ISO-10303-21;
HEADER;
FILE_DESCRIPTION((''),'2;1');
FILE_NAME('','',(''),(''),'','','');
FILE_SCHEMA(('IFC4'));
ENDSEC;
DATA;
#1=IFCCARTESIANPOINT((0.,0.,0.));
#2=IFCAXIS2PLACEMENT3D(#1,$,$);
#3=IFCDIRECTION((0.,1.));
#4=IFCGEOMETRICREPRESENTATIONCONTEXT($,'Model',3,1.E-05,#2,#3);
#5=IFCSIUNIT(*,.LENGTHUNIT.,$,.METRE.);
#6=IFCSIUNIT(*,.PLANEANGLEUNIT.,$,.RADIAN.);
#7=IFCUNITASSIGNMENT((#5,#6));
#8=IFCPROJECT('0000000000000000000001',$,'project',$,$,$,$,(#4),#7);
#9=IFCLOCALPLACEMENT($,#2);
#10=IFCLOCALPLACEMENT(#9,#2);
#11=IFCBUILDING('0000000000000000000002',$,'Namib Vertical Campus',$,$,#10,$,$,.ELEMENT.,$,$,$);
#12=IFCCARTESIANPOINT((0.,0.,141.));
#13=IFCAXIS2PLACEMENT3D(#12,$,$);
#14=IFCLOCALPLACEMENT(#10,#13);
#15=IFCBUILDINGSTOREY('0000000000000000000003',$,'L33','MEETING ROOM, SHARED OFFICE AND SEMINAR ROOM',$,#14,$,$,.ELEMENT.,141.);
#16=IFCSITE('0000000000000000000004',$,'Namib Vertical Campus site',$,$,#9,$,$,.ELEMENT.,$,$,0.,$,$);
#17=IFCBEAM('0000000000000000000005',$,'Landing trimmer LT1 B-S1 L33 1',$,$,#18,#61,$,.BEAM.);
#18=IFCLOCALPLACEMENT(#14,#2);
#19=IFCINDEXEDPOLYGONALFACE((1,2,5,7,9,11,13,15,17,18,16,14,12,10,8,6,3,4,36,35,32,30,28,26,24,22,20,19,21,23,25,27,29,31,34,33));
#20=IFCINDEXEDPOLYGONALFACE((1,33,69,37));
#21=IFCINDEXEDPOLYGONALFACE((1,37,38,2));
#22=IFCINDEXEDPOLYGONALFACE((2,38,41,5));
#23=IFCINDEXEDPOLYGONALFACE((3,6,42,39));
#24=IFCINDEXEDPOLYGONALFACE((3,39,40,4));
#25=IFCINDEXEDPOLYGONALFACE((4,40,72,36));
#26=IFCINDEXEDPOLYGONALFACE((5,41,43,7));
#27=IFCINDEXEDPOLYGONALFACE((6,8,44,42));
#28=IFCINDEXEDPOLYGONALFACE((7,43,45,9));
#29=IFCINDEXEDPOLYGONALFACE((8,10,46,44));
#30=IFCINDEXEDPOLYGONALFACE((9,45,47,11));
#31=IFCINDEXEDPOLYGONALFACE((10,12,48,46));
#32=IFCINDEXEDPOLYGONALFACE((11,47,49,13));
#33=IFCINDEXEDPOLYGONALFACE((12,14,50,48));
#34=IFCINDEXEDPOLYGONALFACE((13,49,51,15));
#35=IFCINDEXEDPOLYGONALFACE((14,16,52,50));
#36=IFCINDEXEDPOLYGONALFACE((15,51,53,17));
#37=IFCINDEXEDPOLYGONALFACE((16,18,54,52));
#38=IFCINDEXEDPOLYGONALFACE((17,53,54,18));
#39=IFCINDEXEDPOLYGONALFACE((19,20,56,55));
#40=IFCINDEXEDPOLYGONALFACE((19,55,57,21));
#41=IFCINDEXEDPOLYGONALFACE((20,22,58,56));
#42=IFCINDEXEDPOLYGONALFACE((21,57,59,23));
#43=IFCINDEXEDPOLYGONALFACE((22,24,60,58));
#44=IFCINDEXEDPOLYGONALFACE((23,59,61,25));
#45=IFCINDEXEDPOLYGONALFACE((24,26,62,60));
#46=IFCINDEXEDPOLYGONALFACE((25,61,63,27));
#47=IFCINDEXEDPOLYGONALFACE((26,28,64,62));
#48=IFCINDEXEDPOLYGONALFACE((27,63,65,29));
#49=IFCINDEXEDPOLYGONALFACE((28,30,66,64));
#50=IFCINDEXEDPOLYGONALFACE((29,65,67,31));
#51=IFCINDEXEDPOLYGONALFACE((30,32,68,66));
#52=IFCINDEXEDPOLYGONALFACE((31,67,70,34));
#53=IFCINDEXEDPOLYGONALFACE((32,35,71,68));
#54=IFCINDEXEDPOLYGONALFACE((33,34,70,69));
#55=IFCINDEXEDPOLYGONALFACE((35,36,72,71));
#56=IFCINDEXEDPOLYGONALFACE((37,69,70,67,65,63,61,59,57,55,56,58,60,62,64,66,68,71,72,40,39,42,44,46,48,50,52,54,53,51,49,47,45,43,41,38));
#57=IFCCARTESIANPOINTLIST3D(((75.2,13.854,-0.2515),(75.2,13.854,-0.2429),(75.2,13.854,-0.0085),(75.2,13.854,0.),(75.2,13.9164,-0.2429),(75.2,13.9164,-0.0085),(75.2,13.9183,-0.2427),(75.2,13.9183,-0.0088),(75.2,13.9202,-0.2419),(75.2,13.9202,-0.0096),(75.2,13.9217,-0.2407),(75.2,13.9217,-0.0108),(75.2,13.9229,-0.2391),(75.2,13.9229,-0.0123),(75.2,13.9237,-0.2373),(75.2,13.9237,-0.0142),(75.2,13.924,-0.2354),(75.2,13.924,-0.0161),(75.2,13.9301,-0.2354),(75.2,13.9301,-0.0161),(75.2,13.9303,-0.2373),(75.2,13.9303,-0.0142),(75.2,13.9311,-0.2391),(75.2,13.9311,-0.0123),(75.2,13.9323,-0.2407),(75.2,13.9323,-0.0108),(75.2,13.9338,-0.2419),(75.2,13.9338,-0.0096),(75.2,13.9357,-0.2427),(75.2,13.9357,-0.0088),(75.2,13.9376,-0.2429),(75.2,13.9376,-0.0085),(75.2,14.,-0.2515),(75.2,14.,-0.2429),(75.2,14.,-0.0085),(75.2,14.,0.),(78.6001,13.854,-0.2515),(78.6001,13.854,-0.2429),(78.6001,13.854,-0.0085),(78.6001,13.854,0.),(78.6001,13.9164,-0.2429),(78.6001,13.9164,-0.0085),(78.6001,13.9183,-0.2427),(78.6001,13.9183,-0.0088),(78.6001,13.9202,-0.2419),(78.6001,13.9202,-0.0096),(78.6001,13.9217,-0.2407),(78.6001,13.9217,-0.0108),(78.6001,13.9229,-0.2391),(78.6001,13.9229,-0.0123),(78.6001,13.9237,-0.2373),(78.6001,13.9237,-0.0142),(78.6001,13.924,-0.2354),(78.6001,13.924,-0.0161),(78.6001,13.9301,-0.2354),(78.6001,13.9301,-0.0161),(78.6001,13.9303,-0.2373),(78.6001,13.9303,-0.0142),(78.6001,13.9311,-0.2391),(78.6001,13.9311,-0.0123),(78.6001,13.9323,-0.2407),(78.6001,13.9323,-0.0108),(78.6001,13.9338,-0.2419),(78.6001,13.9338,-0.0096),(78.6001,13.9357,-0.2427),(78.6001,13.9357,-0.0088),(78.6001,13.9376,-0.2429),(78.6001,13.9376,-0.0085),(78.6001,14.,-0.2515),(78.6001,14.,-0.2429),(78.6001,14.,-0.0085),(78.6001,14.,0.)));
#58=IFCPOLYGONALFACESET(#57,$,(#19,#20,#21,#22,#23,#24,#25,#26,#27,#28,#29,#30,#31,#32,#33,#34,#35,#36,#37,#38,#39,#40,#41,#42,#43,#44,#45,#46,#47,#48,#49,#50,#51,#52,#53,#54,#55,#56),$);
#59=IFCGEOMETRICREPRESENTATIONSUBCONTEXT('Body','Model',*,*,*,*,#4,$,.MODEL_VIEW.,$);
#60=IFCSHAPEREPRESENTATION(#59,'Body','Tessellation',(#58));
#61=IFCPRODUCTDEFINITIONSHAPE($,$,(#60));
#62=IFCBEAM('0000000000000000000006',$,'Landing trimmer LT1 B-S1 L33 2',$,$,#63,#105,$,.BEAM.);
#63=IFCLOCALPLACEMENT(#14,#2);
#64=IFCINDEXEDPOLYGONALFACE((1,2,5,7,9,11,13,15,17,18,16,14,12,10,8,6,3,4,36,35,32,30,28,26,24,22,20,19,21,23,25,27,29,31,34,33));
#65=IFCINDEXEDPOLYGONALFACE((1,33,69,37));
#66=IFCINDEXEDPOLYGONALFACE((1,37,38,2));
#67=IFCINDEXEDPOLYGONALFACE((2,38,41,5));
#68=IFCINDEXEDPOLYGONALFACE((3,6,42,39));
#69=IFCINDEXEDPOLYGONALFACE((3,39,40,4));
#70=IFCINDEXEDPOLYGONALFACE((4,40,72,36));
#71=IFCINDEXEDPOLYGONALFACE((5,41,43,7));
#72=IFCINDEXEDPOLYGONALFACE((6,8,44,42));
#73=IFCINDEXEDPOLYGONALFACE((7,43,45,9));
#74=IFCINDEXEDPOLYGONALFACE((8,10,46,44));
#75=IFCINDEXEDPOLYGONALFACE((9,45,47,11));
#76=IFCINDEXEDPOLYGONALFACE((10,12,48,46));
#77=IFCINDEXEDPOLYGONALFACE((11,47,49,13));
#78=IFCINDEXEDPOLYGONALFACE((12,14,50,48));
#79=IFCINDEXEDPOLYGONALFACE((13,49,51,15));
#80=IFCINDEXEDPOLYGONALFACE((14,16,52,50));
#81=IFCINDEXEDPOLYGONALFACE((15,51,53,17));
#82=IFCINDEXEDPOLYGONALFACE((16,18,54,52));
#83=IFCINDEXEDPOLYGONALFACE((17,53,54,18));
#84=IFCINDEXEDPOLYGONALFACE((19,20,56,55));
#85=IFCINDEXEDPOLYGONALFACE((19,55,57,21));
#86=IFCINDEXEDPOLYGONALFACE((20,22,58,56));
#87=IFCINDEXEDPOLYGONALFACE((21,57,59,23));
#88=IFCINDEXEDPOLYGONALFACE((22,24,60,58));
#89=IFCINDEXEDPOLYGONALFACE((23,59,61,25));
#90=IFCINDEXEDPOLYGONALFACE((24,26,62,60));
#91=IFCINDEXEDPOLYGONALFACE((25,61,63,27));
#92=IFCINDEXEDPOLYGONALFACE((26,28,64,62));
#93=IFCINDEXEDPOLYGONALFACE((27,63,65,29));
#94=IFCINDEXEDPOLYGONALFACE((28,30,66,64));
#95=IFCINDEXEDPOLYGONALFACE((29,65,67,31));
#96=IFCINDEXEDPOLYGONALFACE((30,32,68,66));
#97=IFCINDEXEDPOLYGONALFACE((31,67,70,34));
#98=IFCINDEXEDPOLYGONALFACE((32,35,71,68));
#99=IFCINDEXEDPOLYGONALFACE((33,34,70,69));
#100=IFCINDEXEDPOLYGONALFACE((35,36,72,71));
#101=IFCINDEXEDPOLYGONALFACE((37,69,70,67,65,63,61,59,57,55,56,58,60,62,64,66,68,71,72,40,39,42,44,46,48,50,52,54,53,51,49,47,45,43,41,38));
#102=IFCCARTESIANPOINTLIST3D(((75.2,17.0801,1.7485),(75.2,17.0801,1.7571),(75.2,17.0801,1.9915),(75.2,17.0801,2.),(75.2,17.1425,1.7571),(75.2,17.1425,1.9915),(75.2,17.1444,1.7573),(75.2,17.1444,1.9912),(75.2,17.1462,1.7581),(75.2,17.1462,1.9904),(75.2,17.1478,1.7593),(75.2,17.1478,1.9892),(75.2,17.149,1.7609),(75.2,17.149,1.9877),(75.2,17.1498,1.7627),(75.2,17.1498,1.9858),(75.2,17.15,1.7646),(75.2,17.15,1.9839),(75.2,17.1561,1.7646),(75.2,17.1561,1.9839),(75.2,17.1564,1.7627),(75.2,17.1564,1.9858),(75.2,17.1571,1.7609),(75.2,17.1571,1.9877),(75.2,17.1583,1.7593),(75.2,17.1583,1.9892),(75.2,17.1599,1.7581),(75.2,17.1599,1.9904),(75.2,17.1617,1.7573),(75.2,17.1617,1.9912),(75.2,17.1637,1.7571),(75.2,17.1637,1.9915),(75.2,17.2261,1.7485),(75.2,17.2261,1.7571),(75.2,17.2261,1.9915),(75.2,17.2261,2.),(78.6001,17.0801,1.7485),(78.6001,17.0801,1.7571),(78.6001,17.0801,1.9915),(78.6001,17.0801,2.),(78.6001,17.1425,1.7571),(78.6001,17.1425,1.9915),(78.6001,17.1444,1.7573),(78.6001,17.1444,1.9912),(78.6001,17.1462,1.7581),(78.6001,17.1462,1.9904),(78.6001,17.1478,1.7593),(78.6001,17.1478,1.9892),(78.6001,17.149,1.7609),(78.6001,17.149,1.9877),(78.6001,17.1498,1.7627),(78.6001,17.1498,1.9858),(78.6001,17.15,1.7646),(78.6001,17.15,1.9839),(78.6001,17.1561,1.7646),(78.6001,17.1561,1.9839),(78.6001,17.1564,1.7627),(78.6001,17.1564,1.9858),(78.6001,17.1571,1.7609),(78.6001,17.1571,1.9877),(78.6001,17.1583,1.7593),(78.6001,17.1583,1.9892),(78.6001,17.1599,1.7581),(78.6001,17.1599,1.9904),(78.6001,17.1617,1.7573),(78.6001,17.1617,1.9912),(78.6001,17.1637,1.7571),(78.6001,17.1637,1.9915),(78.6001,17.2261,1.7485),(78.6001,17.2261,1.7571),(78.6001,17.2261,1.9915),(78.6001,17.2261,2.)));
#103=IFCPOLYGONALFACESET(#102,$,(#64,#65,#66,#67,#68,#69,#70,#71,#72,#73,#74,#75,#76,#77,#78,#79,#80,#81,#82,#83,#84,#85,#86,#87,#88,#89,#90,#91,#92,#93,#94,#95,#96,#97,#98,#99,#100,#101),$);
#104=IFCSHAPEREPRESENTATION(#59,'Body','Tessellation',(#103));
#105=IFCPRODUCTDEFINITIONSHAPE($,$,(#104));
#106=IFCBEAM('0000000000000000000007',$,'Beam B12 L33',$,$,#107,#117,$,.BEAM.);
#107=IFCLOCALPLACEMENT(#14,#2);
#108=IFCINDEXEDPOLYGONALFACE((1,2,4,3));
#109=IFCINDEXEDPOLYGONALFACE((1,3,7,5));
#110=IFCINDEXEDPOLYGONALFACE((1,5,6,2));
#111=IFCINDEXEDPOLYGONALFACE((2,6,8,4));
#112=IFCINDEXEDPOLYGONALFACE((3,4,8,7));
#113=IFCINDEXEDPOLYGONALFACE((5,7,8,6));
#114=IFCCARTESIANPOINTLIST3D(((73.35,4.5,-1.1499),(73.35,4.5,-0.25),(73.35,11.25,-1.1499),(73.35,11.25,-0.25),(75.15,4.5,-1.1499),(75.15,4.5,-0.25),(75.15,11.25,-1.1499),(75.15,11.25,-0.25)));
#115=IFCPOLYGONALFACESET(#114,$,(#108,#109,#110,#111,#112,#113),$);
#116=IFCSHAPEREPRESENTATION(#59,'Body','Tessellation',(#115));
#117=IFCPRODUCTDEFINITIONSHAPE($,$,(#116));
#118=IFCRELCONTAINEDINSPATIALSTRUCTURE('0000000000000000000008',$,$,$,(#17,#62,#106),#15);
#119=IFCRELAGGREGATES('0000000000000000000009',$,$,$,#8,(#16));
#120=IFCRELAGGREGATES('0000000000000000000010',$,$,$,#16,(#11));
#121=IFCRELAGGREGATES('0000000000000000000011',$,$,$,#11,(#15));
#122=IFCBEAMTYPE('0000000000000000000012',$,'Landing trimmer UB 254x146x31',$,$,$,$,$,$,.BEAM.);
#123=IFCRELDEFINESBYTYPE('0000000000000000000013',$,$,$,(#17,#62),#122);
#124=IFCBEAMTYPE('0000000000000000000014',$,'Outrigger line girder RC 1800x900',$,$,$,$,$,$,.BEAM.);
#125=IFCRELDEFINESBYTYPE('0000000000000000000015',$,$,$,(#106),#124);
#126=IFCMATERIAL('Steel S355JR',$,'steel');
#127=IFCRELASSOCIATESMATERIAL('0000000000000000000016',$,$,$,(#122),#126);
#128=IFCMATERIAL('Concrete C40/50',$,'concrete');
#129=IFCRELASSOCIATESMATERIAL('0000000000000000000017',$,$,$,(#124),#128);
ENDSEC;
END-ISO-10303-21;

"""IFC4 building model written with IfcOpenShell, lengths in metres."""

from ifc_helpers import new_model, si_unit, direction, frame, origin, origin_2d, place, context, subcontext, project, spatial, rectangle, i_section, extrude, material, material_profile, profile_set, type_object, element, save


model = new_model("IFC4")

# Units and contexts
model_context = context("Model", 3, precision=1e-05, world=origin(), true_north=direction((0.0, 1.0)))
body_context = subcontext(model_context, "Body", "Model", "MODEL_VIEW")
ifc_project = project(units=[si_unit("LENGTHUNIT", "METRE"), si_unit("PLANEANGLEUNIT", "RADIAN")], contexts=[model_context])

# Site, building, storey
site_placement = place(None, origin())
site = spatial("IfcSite", under=ifc_project, at=site_placement, Name="Namib Vertical Campus site", CompositionType="ELEMENT", RefElevation=0.0)
building_placement = place(site_placement, origin())
building = spatial("IfcBuilding", under=site, at=building_placement, Name="Namib Vertical Campus", CompositionType="ELEMENT")
storey_placement = place(building_placement, frame((0.0, 0.0, 141.0)))
storey = spatial("IfcBuildingStorey", under=building, at=storey_placement, Name="L33", Description="MEETING ROOM, SHARED OFFICE AND SEMINAR ROOM", CompositionType="ELEMENT", Elevation=141.0)

# Beams
ifc_material_1 = material(Name="Steel S355JR", Category="steel")
ifc_material_profile_1 = material_profile(ifc_material_1, i_section(OverallWidth=0.146, OverallDepth=0.2515, WebThickness=0.0061, FlangeThickness=0.0085, FilletRadius=0.0076, at=origin_2d()))
ifc_profile_set_1 = profile_set([ifc_material_profile_1], Name="Steel S355JR")
beam_type_1 = type_object("IfcBeamType", Name="Landing trimmer UB 254x146x31", PredefinedType="BEAM", material=ifc_profile_set_1)
for number, where, z_axis, x_axis, name in (
    (1, (75.2, 13.927, -0.1257), (1.0, 0.0, 0.0), (0.0, 1.0, 0.0), "Landing trimmer LT1 B-S1 L33 1"),
    (2, (75.2, 17.1531, 1.8743), (1.0, 0.0, 0.0), (0.0, 1.0, 0.0), "Landing trimmer LT1 B-S1 L33 2"),
):
    element("IfcBeam", number, at=place(storey_placement, frame(where, z_axis=z_axis, x_axis=x_axis)), inside=storey, type_object=beam_type_1, Name=name, PredefinedType="BEAM", context=body_context, shape_type="SweptSolid", body=[
        extrude(i_section(OverallWidth=0.146, OverallDepth=0.2515, WebThickness=0.0061, FlangeThickness=0.0085, FilletRadius=0.0076, at=origin_2d()), origin(), (0.0, 0.0, 1.0), 3.4001),
    ])
ifc_material_2 = material(Name="Concrete C40/50", Category="concrete")
ifc_material_profile_2 = material_profile(ifc_material_2, rectangle(XDim=1.8, YDim=0.8999, at=origin_2d()))
ifc_profile_set_2 = profile_set([ifc_material_profile_2], Name="Concrete C40/50")
beam_type_2 = type_object("IfcBeamType", Name="Outrigger line girder RC 1800x900", PredefinedType="BEAM", material=ifc_profile_set_2)
beam_placement = place(storey_placement, frame((74.25, 4.5, -0.7), z_axis=(0.0, 1.0, 0.0), x_axis=(-1.0, 0.0, 0.0)))
element("IfcBeam", 3, at=beam_placement, inside=storey, type_object=beam_type_2, Name="Beam B12 L33", PredefinedType="BEAM", context=body_context, shape_type="SweptSolid", body=[
    extrude(rectangle(XDim=1.8, YDim=0.8999, at=origin_2d()), origin(), (0.0, 0.0, 1.0), 6.75),
])

save(model, "model.ifc")
